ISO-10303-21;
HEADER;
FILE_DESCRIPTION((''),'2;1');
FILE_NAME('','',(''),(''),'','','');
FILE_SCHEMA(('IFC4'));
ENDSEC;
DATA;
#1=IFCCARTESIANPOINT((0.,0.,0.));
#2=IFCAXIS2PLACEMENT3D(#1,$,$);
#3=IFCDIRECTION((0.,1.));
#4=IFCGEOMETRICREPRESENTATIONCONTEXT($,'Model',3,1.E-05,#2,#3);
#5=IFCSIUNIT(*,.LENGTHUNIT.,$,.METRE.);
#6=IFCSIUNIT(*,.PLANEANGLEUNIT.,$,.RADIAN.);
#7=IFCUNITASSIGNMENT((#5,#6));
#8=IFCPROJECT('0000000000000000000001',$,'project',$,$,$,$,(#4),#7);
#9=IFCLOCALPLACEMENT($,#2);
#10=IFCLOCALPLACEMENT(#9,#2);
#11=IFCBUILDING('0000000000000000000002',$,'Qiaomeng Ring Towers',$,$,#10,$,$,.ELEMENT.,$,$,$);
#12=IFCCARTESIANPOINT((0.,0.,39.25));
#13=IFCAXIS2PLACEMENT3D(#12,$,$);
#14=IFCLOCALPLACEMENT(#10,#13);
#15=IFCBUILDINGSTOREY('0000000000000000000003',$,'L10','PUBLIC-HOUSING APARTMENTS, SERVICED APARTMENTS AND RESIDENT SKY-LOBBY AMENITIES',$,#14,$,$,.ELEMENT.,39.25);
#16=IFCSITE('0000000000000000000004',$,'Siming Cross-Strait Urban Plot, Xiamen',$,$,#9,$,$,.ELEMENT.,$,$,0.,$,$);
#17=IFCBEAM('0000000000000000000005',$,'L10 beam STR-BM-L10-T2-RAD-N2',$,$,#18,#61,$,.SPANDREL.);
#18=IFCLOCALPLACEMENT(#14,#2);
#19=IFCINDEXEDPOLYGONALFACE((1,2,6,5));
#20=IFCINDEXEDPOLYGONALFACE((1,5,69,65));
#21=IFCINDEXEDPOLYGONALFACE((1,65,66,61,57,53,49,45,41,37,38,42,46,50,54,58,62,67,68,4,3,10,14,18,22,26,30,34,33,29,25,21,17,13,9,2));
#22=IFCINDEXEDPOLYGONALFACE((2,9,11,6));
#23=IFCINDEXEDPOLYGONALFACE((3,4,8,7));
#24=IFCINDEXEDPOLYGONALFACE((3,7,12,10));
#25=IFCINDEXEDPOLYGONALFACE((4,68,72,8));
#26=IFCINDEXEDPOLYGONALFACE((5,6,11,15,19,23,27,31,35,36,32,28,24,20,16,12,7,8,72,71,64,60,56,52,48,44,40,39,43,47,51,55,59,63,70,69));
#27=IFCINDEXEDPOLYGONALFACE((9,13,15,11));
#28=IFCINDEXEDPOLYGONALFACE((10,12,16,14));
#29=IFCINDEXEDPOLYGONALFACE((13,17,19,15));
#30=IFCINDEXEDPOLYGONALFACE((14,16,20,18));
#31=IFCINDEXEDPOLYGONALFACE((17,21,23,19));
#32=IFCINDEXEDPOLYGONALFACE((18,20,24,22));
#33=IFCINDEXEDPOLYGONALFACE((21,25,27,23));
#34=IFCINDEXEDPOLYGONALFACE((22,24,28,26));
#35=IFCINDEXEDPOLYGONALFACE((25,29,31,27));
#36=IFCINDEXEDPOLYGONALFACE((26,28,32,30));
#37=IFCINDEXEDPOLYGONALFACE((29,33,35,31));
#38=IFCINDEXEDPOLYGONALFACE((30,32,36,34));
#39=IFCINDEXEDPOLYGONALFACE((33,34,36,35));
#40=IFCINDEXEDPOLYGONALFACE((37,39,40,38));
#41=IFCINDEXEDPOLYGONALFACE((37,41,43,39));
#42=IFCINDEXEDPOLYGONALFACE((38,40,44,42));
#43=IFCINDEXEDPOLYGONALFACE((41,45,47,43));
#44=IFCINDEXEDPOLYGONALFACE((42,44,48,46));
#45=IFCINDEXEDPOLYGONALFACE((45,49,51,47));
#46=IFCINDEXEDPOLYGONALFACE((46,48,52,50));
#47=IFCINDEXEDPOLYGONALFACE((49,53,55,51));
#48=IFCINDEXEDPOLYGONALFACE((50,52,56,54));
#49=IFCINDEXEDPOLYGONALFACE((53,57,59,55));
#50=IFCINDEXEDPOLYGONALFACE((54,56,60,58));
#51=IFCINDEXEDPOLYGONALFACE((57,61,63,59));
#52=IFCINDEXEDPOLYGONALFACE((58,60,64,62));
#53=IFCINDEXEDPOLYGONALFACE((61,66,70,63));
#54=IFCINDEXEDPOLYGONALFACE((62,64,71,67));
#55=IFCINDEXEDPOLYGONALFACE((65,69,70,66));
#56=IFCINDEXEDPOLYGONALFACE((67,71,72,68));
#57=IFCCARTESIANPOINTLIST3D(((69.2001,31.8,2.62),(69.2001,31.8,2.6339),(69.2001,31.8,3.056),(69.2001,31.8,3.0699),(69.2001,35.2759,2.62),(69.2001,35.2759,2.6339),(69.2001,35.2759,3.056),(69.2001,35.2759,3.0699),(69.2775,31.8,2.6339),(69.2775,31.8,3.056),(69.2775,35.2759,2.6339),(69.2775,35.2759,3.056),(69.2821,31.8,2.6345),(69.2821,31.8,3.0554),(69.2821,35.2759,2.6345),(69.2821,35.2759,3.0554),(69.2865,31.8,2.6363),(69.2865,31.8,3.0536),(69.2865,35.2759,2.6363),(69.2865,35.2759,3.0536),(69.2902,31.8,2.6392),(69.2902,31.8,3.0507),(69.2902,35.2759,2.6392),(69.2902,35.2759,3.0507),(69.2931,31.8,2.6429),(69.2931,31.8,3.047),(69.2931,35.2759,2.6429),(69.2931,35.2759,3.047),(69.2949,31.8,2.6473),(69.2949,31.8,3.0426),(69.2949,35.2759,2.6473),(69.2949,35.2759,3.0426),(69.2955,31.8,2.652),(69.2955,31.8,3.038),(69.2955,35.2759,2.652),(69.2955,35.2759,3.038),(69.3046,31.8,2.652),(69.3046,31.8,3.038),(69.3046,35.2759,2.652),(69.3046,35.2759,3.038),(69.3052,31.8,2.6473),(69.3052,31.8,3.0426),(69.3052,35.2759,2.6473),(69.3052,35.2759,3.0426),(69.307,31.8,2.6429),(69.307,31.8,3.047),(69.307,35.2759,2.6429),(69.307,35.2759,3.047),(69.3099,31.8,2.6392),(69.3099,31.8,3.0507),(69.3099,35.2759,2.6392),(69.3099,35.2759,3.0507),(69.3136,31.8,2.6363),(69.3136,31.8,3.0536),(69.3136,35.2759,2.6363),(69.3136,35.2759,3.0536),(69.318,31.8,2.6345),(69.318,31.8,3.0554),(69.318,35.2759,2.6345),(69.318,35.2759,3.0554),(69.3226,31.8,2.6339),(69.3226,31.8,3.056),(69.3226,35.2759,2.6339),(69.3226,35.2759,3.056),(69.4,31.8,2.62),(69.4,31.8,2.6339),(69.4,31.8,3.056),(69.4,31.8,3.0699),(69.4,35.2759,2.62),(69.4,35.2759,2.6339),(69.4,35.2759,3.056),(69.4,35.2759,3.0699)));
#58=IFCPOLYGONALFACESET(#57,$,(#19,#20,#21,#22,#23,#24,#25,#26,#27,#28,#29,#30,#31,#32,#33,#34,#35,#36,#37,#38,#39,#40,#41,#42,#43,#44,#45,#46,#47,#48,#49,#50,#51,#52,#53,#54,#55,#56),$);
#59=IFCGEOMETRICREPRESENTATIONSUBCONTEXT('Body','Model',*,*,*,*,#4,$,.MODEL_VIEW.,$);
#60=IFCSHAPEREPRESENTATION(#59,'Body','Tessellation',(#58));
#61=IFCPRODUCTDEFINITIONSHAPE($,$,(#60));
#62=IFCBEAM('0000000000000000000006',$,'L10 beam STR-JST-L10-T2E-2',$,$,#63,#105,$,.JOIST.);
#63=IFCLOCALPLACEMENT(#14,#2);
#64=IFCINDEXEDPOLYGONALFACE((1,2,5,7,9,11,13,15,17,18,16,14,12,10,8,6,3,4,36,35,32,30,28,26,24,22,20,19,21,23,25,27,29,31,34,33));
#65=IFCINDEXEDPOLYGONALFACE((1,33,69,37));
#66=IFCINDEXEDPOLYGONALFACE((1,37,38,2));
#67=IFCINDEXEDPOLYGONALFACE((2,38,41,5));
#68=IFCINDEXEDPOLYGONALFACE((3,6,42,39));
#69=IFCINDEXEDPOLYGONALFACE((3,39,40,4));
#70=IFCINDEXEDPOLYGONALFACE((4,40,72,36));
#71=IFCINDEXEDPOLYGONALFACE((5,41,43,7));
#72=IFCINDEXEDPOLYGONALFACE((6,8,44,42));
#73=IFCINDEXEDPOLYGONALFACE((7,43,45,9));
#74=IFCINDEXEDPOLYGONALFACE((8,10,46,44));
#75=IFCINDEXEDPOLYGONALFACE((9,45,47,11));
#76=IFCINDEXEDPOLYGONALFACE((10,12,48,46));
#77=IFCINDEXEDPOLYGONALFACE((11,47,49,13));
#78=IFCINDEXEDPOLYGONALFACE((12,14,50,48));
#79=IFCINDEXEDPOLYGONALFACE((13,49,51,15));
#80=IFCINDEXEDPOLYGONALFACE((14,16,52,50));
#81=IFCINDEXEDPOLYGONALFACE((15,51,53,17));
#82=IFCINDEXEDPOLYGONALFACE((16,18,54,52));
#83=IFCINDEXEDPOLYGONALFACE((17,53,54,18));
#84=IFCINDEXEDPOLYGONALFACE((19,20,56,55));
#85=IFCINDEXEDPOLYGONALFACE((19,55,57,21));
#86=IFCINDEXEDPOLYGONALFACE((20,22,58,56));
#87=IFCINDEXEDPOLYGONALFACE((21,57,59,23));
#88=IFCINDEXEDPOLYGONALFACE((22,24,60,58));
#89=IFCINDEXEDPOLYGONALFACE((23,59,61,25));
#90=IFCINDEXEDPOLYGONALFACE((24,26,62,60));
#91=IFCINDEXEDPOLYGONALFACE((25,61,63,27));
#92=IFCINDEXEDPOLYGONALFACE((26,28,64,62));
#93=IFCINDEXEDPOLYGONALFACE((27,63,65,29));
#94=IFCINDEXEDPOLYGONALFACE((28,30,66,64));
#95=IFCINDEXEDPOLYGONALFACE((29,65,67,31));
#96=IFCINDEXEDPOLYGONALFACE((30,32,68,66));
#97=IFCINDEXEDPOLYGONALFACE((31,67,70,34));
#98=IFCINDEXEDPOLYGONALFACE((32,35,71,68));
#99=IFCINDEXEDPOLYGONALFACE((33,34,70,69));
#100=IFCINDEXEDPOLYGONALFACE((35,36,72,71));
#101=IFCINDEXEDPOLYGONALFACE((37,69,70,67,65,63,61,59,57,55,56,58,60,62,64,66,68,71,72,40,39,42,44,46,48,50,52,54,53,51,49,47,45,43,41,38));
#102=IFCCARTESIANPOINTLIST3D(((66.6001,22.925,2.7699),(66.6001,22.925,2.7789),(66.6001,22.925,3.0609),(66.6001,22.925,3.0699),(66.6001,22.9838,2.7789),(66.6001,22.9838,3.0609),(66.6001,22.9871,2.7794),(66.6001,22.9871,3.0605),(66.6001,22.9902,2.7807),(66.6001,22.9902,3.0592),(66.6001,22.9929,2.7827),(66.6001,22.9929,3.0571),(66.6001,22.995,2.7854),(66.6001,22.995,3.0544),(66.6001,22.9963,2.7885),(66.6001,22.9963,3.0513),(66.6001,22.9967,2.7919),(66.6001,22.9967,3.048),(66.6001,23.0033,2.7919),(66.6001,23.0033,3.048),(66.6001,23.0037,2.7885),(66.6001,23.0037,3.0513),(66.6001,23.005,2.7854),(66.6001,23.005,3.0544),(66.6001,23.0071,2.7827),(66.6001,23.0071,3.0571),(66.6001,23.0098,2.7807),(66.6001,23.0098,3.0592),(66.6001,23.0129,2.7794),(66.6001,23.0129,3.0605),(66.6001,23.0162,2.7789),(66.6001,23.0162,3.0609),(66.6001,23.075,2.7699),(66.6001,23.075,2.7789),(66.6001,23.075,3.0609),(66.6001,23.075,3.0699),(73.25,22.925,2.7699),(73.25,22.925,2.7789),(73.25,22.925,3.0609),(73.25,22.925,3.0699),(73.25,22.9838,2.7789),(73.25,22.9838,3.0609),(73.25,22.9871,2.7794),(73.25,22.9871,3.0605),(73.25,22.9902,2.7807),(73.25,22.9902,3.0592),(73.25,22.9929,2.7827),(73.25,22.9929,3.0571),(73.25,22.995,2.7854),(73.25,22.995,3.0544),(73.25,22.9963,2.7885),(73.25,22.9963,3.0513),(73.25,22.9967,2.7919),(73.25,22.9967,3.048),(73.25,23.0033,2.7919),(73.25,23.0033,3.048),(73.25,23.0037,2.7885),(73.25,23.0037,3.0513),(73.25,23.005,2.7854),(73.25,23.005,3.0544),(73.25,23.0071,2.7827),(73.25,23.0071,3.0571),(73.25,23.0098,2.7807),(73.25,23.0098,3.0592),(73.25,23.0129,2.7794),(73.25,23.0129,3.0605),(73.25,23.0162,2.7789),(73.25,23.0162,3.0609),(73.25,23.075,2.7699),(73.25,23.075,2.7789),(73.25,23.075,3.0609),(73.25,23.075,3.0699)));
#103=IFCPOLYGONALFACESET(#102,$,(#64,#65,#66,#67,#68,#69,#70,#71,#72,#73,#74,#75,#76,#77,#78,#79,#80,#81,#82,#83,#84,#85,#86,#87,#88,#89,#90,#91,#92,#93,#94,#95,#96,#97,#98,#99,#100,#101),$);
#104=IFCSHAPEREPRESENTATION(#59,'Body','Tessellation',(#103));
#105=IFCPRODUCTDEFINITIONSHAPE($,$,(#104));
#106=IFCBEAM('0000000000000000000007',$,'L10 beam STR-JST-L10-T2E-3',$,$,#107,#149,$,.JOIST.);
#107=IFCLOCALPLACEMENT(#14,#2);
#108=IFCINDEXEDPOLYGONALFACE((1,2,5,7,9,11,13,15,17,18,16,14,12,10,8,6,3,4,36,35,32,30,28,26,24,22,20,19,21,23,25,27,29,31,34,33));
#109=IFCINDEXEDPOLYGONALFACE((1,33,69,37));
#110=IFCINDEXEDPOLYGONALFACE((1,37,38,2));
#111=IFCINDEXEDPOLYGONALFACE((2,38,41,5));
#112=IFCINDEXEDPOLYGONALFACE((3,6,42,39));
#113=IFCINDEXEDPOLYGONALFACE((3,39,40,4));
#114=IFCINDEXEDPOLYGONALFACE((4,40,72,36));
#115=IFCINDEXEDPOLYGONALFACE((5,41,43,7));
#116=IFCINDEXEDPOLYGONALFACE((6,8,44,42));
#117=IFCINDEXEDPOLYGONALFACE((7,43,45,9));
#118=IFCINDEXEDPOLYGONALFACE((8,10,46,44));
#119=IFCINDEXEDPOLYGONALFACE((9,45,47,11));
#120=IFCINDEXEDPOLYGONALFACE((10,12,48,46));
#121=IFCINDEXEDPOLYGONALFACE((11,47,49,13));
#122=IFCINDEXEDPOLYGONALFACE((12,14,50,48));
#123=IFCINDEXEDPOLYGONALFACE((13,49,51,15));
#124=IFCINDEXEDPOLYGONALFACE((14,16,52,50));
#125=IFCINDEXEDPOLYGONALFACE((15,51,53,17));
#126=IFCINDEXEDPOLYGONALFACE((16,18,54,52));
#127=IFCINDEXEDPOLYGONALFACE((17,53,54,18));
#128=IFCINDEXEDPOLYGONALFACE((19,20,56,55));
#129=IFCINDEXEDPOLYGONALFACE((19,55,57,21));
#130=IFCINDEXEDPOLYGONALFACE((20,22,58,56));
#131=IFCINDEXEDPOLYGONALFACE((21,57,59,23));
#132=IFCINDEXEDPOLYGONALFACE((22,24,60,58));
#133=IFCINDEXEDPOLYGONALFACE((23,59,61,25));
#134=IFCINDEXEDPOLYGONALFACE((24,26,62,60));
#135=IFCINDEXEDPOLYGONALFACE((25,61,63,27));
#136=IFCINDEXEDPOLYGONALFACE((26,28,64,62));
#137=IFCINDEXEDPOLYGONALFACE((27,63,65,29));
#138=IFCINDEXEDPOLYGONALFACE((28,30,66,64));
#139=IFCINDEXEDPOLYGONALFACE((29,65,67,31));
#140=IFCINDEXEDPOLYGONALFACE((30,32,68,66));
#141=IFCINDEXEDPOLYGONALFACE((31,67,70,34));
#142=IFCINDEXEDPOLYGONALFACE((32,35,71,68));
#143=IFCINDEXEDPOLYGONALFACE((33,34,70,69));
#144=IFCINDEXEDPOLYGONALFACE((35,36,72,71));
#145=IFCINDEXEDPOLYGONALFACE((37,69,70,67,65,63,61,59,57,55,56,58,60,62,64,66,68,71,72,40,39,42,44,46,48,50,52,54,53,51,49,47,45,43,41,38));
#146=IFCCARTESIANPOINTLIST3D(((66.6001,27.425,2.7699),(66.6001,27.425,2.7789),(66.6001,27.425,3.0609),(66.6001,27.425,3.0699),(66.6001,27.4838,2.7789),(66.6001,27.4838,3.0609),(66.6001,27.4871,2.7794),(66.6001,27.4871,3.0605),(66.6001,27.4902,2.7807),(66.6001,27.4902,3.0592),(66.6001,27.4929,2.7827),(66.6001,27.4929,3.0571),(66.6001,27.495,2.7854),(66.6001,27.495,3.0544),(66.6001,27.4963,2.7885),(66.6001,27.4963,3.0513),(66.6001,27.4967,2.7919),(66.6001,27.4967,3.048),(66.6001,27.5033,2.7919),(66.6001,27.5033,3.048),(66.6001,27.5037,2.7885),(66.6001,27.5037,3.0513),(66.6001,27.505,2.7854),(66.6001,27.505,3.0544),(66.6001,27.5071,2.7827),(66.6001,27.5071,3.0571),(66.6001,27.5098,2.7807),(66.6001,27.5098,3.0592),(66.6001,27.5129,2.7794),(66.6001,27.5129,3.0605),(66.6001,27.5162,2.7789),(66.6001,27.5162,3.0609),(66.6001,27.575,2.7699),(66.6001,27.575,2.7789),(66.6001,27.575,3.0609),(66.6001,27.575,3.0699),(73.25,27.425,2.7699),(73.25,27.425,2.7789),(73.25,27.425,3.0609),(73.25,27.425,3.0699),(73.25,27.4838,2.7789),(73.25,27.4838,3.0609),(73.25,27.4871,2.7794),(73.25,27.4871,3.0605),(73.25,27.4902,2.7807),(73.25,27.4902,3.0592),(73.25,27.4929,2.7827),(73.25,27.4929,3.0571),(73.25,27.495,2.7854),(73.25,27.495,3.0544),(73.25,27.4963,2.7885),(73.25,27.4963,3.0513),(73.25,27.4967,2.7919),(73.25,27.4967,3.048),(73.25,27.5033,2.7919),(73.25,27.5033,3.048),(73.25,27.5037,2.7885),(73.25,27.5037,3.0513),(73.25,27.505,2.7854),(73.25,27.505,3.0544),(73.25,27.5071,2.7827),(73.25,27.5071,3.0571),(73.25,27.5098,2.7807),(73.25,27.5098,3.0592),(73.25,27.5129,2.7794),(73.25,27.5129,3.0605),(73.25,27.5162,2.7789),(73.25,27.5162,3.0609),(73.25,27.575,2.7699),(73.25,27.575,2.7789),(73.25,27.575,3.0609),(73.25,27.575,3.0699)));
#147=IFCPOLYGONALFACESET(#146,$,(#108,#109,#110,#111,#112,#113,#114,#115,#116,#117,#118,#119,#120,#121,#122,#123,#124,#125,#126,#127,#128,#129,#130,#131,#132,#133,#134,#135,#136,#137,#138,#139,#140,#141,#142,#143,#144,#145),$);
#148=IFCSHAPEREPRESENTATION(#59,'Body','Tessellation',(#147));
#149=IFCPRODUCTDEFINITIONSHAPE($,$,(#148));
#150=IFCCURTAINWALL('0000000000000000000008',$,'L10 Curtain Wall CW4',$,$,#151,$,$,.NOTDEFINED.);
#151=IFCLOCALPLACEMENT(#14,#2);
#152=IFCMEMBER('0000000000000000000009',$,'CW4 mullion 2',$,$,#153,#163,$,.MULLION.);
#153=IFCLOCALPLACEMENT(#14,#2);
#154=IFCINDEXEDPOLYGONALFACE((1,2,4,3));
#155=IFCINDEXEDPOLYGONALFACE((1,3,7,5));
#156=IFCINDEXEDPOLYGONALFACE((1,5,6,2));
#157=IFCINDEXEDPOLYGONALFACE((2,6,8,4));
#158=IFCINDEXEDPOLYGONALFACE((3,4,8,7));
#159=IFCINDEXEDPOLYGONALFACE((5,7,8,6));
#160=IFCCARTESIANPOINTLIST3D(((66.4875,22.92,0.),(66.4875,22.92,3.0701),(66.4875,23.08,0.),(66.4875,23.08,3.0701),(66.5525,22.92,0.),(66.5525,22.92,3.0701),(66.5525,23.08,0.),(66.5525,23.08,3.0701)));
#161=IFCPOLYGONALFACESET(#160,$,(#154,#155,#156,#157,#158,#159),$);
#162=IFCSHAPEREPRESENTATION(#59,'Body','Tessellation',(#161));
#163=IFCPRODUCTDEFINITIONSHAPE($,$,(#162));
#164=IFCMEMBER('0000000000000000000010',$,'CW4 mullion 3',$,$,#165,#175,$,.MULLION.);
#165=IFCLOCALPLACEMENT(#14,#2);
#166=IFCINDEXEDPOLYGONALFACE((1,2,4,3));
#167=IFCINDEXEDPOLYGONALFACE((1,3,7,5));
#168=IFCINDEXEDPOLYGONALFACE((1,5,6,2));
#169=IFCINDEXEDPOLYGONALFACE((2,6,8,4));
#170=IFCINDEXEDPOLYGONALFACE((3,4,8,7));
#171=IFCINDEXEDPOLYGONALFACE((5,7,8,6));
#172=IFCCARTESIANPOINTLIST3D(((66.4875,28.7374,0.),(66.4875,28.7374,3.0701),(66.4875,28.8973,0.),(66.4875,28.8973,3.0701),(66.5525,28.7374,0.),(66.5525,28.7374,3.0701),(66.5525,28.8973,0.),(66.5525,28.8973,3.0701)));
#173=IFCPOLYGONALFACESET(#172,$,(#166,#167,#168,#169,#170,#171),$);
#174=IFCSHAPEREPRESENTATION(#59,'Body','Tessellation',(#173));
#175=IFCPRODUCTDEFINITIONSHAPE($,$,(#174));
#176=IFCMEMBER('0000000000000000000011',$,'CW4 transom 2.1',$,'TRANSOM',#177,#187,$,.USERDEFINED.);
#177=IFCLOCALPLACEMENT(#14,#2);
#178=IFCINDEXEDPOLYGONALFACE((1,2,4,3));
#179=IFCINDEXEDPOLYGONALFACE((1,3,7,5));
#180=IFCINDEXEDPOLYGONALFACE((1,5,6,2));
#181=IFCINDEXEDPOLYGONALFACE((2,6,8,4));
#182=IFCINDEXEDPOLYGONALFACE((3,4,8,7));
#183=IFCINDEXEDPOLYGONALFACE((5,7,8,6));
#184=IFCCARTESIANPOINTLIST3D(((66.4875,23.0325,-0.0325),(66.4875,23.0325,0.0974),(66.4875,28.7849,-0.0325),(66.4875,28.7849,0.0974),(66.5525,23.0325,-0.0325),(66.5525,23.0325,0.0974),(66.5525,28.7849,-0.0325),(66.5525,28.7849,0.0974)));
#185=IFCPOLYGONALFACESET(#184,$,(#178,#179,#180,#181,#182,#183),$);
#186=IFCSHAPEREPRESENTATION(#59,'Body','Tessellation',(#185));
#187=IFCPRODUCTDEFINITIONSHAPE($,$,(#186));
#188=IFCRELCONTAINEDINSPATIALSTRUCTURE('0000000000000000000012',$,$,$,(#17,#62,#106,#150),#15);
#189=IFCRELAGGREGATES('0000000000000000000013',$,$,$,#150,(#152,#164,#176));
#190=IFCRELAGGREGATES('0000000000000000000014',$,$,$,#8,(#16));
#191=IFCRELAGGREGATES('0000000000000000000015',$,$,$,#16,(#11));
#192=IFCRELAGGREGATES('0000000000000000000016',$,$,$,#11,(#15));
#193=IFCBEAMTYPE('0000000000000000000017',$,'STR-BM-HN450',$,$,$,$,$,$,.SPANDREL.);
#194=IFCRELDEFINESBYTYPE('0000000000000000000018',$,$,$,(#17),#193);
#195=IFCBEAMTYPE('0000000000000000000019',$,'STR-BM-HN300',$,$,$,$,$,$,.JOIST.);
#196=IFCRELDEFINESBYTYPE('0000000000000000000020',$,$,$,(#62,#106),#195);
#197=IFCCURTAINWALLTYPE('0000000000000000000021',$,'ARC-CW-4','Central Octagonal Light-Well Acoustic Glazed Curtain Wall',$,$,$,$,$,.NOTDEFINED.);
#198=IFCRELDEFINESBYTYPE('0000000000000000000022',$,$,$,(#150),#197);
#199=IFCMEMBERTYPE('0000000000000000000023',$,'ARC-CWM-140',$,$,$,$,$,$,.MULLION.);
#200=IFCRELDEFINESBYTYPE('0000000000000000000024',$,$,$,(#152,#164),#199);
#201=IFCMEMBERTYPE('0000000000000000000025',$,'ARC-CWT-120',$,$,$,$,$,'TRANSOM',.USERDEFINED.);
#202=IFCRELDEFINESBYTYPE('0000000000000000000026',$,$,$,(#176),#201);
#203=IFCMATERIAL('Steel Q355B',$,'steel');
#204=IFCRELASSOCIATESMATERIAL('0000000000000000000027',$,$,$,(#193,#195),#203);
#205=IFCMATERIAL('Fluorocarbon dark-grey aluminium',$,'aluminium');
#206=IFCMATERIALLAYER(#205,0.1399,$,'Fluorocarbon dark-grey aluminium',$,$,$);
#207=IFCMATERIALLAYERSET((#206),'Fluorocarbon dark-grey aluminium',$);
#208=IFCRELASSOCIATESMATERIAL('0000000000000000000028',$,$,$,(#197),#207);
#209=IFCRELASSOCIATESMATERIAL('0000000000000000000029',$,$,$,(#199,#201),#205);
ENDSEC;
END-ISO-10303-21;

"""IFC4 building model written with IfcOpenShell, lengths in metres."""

from ifc_helpers import new_model, si_unit, direction, frame, origin, origin_2d, place, context, subcontext, project, spatial, rectangle, i_section, extrude, source, transform, mapped, material, layer, layer_set, material_profile, profile_set, type_object, element, aggregate, save


model = new_model("IFC4")

# Units and contexts
model_context = context("Model", 3, precision=1e-05, world=origin(), true_north=direction((0.0, 1.0)))
body_context = subcontext(model_context, "Body", "Model", "MODEL_VIEW")
ifc_project = project(units=[si_unit("LENGTHUNIT", "METRE"), si_unit("PLANEANGLEUNIT", "RADIAN")], contexts=[model_context])

# Site, building, storey
site_placement = place(None, origin())
site = spatial("IfcSite", under=ifc_project, at=site_placement, Name="Siming Cross-Strait Urban Plot, Xiamen", CompositionType="ELEMENT", RefElevation=0.0)
building_placement = place(site_placement, origin())
building = spatial("IfcBuilding", under=site, at=building_placement, Name="Qiaomeng Ring Towers", CompositionType="ELEMENT")
storey_placement = place(building_placement, frame((0.0, 0.0, 39.25)))
storey = spatial("IfcBuildingStorey", under=building, at=storey_placement, Name="L10", Description="PUBLIC-HOUSING APARTMENTS, SERVICED APARTMENTS AND RESIDENT SKY-LOBBY AMENITIES", CompositionType="ELEMENT", Elevation=39.25)

# Beams
ifc_material_1 = material(Name="Steel Q355B", Category="steel")
ifc_material_profile_1 = material_profile(ifc_material_1, i_section(OverallWidth=0.2, OverallDepth=0.45, WebThickness=0.009, FlangeThickness=0.0139, FilletRadius=0.0181, at=origin_2d()), Name="HN 450x200x9x14")
ifc_profile_set_1 = profile_set([ifc_material_profile_1], Name="Steel Q355B")
beam_type_1 = type_object("IfcBeamType", Name="STR-BM-HN450", PredefinedType="SPANDREL", material=ifc_profile_set_1)
shared_shape_1 = source(origin(), body_context, "Body", "SweptSolid", [
    extrude(i_section(OverallWidth=0.2, OverallDepth=0.45, WebThickness=0.009, FlangeThickness=0.0139, FilletRadius=0.0181, at=origin_2d()), origin(), (0.0, 0.0, 1.0), 3.4758),
])
beam_1_placement = place(storey_placement, frame((69.3, 35.2759, 2.845), z_axis=(0.0, -1.0, 0.0), x_axis=(1.0, 0.0, 0.0)))
element("IfcBeam", 1, at=beam_1_placement, inside=storey, type_object=beam_type_1, Name="L10 beam STR-BM-L10-T2-RAD-N2", PredefinedType="SPANDREL", context=body_context, shape_type="MappedRepresentation", body=[
    mapped(shared_shape_1, transform((0.0, 0.0, 0.0), x_axis=(1.0, 0.0, 0.0), y_axis=(0.0, 1.0, 0.0), z_axis=(0.0, 0.0, 1.0), scale=1.0)),
])
ifc_material_profile_2 = material_profile(ifc_material_1, i_section(OverallWidth=0.1499, OverallDepth=0.3, WebThickness=0.0066, FlangeThickness=0.009, FilletRadius=0.0129, at=origin_2d()), Name="HN 300x150x6.5x9")
ifc_profile_set_2 = profile_set([ifc_material_profile_2], Name="Steel Q355B")
beam_type_2 = type_object("IfcBeamType", Name="STR-BM-HN300", PredefinedType="JOIST", material=ifc_profile_set_2)
shared_shape_2 = source(origin(), body_context, "Body", "SweptSolid", [
    extrude(i_section(OverallWidth=0.1499, OverallDepth=0.3, WebThickness=0.0066, FlangeThickness=0.009, FilletRadius=0.0129, at=origin_2d()), origin(), (0.0, 0.0, 1.0), 6.6499),
])
for number, where, z_axis, x_axis, name in (
    (2, (66.6001, 23.0, 2.9199), (1.0, 0.0, 0.0), (0.0, 1.0, 0.0), "L10 beam STR-JST-L10-T2E-2"),
    (3, (66.6001, 27.5, 2.9199), (1.0, 0.0, 0.0), (0.0, 1.0, 0.0), "L10 beam STR-JST-L10-T2E-3"),
):
    element("IfcBeam", number, at=place(storey_placement, frame(where, z_axis=z_axis, x_axis=x_axis)), inside=storey, type_object=beam_type_2, Name=name, PredefinedType="JOIST", context=body_context, shape_type="MappedRepresentation", body=[
        mapped(shared_shape_2, transform((0.0, 0.0, 0.0), x_axis=(1.0, 0.0, 0.0), y_axis=(0.0, 1.0, 0.0), z_axis=(0.0, 0.0, 1.0), scale=1.0)),
    ])

# Curtain wall, members
ifc_material_2 = material(Name="Fluorocarbon dark-grey aluminium", Category="aluminium")
ifc_layer_1 = layer(ifc_material_2, 0.1399, Name="Fluorocarbon dark-grey aluminium")
ifc_layer_set_1 = layer_set([ifc_layer_1], Name="Fluorocarbon dark-grey aluminium")
curtain_wall_type_1 = type_object("IfcCurtainWallType", Name="ARC-CW-4", Description="Central Octagonal Light-Well Acoustic Glazed Curtain Wall", PredefinedType="NOTDEFINED", material=ifc_layer_set_1)
curtain_wall_1_placement = place(storey_placement, origin())
curtain_wall_1 = element("IfcCurtainWall", 4, at=curtain_wall_1_placement, inside=storey, type_object=curtain_wall_type_1, Name="L10 Curtain Wall CW4", PredefinedType="NOTDEFINED")
ifc_material_profile_3 = material_profile(ifc_material_2, rectangle(XDim=0.0649, YDim=0.1599, at=origin_2d()), Name="ALU MULL 65x160")
ifc_profile_set_3 = profile_set([ifc_material_profile_3], Name="Fluorocarbon dark-grey aluminium")
member_type_1 = type_object("IfcMemberType", Name="ARC-CWM-140", PredefinedType="MULLION", material=ifc_profile_set_3)
shared_shape_3 = source(origin(), body_context, "Body", "SweptSolid", [
    extrude(rectangle(XDim=0.0649, YDim=0.1599, at=origin_2d()), origin(), (0.0, 0.0, 1.0), 3.0701),
])
member_1_placement = place(storey_placement, frame((66.52, 23.0, 0.0), z_axis=(0.0, 0.0, 1.0), x_axis=(-1.0, 0.0, 0.0)))
member_1 = element("IfcMember", 5, at=member_1_placement, type_object=member_type_1, Name="CW4 mullion 2", PredefinedType="MULLION", context=body_context, shape_type="MappedRepresentation", body=[
    mapped(shared_shape_3, transform((0.0, 0.0, 0.0), x_axis=(1.0, 0.0, 0.0), y_axis=(0.0, 1.0, 0.0), z_axis=(0.0, 0.0, 1.0), scale=1.0)),
])
member_2_placement = place(storey_placement, frame((66.52, 28.8174, 0.0), z_axis=(0.0, 0.0, 1.0), x_axis=(-1.0, 0.0, 0.0)))
member_2 = element("IfcMember", 6, at=member_2_placement, type_object=member_type_1, Name="CW4 mullion 3", PredefinedType="MULLION", context=body_context, shape_type="MappedRepresentation", body=[
    mapped(shared_shape_3, transform((0.0, 0.0, 0.0), x_axis=(1.0, 0.0, 0.0), y_axis=(0.0, 1.0, 0.0), z_axis=(0.0, 0.0, 1.0), scale=1.0)),
])
ifc_material_profile_4 = material_profile(ifc_material_2, rectangle(XDim=0.0649, YDim=0.1299, at=origin_2d()), Name="ALU TRAN 65x130")
ifc_profile_set_4 = profile_set([ifc_material_profile_4], Name="Fluorocarbon dark-grey aluminium")
member_type_2 = type_object("IfcMemberType", Name="ARC-CWT-120", ElementType="TRANSOM", PredefinedType="USERDEFINED", material=ifc_profile_set_4)
shared_shape_4 = source(origin(), body_context, "Body", "SweptSolid", [
    extrude(rectangle(XDim=0.0649, YDim=0.1299, at=origin_2d()), origin(), (0.0, 0.0, 1.0), 5.7524),
])
member_3_placement = place(storey_placement, frame((66.52, 23.0325, 0.0325), z_axis=(0.0, 1.0, 0.0), x_axis=(-1.0, 0.0, 0.0)))
member_3 = element("IfcMember", 7, at=member_3_placement, type_object=member_type_2, Name="CW4 transom 2.1", ObjectType="TRANSOM", PredefinedType="USERDEFINED", context=body_context, shape_type="MappedRepresentation", body=[
    mapped(shared_shape_4, transform((0.0, 0.0, 0.0), x_axis=(1.0, 0.0, 0.0), y_axis=(0.0, 1.0, 0.0), z_axis=(0.0, 0.0, 1.0), scale=1.0)),
])

aggregate(curtain_wall_1, [member_1, member_2, member_3])

save(model, "model.ifc")
